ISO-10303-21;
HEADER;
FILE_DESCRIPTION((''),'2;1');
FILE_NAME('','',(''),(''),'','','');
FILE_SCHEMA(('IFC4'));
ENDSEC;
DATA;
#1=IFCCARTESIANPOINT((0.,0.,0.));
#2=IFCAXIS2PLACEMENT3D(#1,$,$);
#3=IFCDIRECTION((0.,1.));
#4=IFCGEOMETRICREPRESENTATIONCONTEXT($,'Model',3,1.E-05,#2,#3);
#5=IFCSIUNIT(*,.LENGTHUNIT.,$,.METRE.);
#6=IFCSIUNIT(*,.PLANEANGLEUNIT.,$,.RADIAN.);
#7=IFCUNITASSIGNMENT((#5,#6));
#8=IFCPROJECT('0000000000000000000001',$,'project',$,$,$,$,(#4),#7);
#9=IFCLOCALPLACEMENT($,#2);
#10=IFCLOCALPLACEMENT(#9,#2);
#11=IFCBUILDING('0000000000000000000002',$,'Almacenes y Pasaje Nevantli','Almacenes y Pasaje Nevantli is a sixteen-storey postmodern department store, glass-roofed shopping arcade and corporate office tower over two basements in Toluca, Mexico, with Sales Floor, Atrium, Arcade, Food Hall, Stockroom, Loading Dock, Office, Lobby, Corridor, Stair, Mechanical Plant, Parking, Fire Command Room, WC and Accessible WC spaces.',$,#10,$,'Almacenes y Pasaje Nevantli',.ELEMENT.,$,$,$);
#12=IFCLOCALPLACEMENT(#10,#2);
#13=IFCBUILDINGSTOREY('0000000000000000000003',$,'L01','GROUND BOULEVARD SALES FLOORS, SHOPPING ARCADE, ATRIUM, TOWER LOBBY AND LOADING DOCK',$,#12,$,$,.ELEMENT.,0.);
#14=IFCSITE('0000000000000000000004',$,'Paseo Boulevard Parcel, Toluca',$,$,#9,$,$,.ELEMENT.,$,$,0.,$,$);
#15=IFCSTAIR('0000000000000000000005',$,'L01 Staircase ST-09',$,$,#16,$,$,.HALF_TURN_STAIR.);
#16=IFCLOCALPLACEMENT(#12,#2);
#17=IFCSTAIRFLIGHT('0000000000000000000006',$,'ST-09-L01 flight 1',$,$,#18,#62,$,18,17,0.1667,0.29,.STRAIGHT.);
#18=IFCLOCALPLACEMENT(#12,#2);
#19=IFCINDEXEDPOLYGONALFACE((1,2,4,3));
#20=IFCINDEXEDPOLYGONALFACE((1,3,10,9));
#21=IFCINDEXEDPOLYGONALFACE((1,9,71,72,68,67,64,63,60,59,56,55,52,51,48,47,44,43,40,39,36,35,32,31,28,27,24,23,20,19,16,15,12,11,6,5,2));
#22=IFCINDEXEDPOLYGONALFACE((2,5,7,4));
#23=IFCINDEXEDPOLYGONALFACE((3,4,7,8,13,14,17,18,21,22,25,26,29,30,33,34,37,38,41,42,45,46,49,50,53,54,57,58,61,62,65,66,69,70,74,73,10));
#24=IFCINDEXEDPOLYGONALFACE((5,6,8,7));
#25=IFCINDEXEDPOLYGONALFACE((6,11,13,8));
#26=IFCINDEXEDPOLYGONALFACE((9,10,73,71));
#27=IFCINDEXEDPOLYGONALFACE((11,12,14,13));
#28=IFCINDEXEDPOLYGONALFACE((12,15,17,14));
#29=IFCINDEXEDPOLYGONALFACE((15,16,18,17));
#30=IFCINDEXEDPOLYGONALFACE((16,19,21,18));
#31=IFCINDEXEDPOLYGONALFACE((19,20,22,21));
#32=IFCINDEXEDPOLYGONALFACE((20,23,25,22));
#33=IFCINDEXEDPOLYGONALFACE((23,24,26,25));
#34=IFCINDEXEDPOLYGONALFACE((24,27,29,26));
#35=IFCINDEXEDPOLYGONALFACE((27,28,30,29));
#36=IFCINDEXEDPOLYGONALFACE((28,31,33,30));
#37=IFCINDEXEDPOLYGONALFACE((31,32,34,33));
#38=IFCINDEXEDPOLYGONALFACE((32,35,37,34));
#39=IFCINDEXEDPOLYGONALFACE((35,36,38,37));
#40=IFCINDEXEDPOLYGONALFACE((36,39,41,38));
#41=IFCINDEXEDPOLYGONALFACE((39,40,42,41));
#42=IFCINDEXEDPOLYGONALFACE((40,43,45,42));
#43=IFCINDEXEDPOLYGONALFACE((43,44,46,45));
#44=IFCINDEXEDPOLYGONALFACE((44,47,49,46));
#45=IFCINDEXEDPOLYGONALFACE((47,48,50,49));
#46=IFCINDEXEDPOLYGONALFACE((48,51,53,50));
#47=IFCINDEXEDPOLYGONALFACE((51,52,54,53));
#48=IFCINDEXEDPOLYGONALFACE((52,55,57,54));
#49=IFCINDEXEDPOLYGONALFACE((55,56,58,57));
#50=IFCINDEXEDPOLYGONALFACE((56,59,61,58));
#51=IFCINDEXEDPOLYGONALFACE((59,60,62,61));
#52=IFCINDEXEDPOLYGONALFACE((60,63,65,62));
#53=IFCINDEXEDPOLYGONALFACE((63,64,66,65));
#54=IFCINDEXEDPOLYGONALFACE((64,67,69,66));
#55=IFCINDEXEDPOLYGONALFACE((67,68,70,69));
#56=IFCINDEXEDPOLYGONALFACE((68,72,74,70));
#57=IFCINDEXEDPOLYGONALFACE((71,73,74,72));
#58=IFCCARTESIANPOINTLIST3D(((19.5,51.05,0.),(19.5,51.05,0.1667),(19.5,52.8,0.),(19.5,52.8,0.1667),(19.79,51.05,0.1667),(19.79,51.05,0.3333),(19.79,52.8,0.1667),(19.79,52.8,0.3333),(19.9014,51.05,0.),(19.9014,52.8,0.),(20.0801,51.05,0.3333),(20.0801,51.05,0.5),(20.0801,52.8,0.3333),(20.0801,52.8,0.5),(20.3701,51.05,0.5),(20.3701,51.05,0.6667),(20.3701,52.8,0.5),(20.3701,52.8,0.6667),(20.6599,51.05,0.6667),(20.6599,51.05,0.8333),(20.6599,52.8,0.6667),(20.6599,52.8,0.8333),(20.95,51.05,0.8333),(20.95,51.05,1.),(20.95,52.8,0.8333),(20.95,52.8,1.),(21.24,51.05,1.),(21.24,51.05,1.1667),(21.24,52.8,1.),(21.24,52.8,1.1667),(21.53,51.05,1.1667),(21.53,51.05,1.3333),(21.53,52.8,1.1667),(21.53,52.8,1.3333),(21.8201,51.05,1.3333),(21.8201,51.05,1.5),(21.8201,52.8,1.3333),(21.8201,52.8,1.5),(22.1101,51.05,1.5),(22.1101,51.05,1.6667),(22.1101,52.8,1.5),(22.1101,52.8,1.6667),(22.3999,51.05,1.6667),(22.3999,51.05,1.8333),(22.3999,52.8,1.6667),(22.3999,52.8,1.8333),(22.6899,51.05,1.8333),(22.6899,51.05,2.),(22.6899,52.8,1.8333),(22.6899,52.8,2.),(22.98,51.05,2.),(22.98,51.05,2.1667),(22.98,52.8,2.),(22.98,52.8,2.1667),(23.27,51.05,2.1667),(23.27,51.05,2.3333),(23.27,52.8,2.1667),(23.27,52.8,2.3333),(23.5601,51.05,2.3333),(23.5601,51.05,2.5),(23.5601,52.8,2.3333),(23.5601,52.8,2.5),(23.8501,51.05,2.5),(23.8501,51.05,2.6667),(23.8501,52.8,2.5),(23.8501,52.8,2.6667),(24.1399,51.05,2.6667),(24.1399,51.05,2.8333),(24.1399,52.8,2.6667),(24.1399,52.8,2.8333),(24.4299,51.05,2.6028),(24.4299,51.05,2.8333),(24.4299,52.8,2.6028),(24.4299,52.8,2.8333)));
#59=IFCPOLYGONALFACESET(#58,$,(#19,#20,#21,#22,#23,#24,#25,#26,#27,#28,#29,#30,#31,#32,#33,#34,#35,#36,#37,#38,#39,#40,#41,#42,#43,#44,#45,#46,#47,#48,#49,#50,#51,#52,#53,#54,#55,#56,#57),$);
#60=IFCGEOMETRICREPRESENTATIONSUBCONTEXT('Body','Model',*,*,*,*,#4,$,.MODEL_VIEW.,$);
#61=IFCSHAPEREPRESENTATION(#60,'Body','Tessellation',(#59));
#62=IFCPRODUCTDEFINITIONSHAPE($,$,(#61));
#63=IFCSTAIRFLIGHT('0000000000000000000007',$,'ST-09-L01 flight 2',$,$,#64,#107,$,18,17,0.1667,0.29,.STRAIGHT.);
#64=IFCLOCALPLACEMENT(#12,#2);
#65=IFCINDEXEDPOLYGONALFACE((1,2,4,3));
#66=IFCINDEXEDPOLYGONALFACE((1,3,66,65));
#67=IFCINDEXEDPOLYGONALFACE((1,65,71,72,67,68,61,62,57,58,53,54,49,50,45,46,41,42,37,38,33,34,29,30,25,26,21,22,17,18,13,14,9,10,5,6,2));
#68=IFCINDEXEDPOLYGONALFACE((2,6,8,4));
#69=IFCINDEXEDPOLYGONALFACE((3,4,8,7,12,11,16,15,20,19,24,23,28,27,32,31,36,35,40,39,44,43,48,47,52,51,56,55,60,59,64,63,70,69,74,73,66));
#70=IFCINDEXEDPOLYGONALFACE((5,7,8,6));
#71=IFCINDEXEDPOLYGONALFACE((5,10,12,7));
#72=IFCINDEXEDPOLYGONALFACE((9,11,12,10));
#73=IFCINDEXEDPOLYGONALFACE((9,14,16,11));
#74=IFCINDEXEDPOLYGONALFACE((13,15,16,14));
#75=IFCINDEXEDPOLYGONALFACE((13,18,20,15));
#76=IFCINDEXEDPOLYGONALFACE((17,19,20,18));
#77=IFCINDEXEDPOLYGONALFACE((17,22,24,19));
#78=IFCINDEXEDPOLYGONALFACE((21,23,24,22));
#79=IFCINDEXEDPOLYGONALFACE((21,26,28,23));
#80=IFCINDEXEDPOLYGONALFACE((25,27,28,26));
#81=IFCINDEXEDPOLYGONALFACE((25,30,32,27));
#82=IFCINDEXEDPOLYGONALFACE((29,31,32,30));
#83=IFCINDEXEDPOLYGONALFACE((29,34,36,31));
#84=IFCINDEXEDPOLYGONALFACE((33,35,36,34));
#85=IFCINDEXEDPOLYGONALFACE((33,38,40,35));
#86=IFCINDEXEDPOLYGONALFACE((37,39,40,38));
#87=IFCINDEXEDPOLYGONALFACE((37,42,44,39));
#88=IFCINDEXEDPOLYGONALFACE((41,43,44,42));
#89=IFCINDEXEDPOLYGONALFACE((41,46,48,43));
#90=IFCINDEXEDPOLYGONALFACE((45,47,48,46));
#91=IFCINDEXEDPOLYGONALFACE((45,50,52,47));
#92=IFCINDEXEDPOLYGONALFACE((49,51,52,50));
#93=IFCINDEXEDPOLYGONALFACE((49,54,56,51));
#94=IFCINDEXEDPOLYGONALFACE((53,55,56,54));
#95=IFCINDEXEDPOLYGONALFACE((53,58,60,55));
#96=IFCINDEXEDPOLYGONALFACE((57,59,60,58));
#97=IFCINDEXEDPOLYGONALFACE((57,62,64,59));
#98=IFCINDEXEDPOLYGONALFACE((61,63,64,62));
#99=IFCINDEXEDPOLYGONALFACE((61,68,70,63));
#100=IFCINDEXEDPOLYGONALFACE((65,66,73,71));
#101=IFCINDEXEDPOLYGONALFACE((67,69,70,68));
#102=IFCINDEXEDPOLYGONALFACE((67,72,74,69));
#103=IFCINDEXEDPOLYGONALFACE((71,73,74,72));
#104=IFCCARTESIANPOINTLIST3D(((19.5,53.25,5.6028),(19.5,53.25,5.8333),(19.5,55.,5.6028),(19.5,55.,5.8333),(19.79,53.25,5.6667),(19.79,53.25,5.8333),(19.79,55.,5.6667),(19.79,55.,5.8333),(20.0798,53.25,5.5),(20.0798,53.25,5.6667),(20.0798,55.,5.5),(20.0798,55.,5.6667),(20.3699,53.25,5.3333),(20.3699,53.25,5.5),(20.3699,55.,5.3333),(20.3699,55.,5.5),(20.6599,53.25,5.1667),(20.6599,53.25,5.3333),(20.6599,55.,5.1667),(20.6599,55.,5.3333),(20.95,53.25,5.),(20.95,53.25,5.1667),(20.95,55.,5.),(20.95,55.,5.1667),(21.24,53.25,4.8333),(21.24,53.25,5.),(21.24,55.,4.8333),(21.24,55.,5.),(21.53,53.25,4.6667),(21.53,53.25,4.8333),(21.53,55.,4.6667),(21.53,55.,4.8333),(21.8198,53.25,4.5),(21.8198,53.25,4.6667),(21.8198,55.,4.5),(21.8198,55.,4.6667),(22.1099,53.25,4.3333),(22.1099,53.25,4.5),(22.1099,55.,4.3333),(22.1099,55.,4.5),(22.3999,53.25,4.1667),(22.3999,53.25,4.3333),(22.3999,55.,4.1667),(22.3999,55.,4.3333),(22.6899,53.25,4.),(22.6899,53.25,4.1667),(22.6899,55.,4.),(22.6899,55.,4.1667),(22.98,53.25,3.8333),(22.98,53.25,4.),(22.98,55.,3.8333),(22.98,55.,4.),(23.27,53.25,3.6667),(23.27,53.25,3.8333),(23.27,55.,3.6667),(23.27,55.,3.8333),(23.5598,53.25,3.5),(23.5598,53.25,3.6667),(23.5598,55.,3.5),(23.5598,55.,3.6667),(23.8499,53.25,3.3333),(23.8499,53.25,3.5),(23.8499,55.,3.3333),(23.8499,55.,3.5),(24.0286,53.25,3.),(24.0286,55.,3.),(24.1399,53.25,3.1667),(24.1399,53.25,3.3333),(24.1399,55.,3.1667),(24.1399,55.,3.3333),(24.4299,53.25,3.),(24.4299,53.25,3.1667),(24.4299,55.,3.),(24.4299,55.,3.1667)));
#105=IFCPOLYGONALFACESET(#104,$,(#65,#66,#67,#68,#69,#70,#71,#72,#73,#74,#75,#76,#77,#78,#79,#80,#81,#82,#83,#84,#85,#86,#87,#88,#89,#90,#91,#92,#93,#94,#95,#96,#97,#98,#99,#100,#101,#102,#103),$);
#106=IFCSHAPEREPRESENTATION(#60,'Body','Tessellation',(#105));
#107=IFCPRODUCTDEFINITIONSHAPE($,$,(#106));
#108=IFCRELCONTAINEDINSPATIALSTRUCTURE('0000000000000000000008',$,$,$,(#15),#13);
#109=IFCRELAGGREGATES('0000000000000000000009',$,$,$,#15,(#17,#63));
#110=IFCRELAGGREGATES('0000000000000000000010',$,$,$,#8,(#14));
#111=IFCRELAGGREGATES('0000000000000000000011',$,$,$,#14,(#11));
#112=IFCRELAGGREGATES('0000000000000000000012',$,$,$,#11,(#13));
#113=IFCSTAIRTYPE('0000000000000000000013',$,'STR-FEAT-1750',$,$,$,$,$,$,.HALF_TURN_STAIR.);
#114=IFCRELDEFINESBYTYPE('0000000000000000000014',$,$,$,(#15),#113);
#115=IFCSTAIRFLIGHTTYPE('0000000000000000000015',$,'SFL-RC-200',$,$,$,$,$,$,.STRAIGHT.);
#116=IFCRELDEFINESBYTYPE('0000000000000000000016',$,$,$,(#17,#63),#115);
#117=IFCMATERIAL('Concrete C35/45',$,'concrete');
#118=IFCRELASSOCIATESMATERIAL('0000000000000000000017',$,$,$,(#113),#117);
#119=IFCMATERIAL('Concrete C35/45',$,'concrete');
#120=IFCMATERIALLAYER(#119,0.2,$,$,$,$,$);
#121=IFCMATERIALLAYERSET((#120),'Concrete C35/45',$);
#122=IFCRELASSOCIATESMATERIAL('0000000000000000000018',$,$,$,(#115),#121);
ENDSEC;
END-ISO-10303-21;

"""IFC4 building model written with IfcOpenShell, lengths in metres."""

from ifc_helpers import new_model, si_unit, direction, frame, origin, place, context, subcontext, project, spatial, polyline, outline, extrude, material, layer, layer_set, type_object, element, aggregate, save


model = new_model("IFC4")

# Units and contexts
model_context = context("Model", 3, precision=1e-05, world=origin(), true_north=direction((0.0, 1.0)))
body_context = subcontext(model_context, "Body", "Model", "MODEL_VIEW")
ifc_project = project(units=[si_unit("LENGTHUNIT", "METRE"), si_unit("PLANEANGLEUNIT", "RADIAN")], contexts=[model_context])

# Site, building, storey
site_placement = place(None, origin())
site = spatial("IfcSite", under=ifc_project, at=site_placement, Name="Paseo Boulevard Parcel, Toluca", CompositionType="ELEMENT", RefElevation=0.0)
building_placement = place(site_placement, origin())
building = spatial("IfcBuilding", under=site, at=building_placement, Name="Almacenes y Pasaje Nevantli", Description="Almacenes y Pasaje Nevantli is a sixteen-storey postmodern department store, glass-roofed shopping arcade and corporate office tower over two basements in Toluca, Mexico, with Sales Floor, Atrium, Arcade, Food Hall, Stockroom, Loading Dock, Office, Lobby, Corridor, Stair, Mechanical Plant, Parking, Fire Command Room, WC and Accessible WC spaces.", LongName="Almacenes y Pasaje Nevantli", CompositionType="ELEMENT")
storey_placement = place(building_placement, origin())
storey = spatial("IfcBuildingStorey", under=building, at=storey_placement, Name="L01", Description="GROUND BOULEVARD SALES FLOORS, SHOPPING ARCADE, ATRIUM, TOWER LOBBY AND LOADING DOCK", CompositionType="ELEMENT", Elevation=0.0)

# Stair, stair flights
ifc_material_1 = material(Name="Concrete C35/45", Category="concrete")
stair_type = type_object("IfcStairType", Name="STR-FEAT-1750", PredefinedType="HALF_TURN_STAIR", material=ifc_material_1)
stair_placement = place(storey_placement, origin())
stair = element("IfcStair", 1, at=stair_placement, inside=storey, type_object=stair_type, Name="L01 Staircase ST-09", PredefinedType="HALF_TURN_STAIR")
ifc_material_2 = material(Name="Concrete C35/45", Category="concrete")
ifc_layer_1 = layer(ifc_material_2, 0.2)
ifc_layer_set_1 = layer_set([ifc_layer_1], Name="Concrete C35/45")
stair_flight_type = type_object("IfcStairFlightType", Name="SFL-RC-200", PredefinedType="STRAIGHT", material=ifc_layer_set_1)
stair_flight_1_placement = place(storey_placement, frame((19.5, 51.925, 0.0), z_axis=(0.0, 0.0, 1.0), x_axis=(1.0, 0.0, 0.0)))
stair_flight_1 = element("IfcStairFlight", 2, at=stair_flight_1_placement, type_object=stair_flight_type, Name="ST-09-L01 flight 1", NumberOfRisers=18, NumberOfTreads=17, PredefinedType="STRAIGHT", RiserHeight=0.1667, TreadLength=0.29, context=body_context, shape_type="SweptSolid", body=[
    extrude(outline(polyline([(0.0, 0.0), (0.0, 0.1667), (0.29, 0.1667), (0.29, 0.3333), (0.5801, 0.3333), (0.5801, 0.5), (0.8701, 0.5), (0.8701, 0.6667), (1.1599, 0.6667), (1.1599, 0.8333), (1.45, 0.8333), (1.45, 1.0), (1.74, 1.0), (1.74, 1.1667), (2.03, 1.1667), (2.03, 1.3333), (2.3201, 1.3333), (2.3201, 1.5), (2.6101, 1.5), (2.6101, 1.6667), (2.8999, 1.6667), (2.8999, 1.8333), (3.1899, 1.8333), (3.1899, 2.0), (3.48, 2.0), (3.48, 2.1667), (3.77, 2.1667), (3.77, 2.3333), (4.0601, 2.3333), (4.0601, 2.5), (4.3501, 2.5), (4.3501, 2.6667), (4.6399, 2.6667), (4.6399, 2.8333), (4.9299, 2.8333), (4.9299, 3.0), (4.9299, 2.6028), (0.4014, 0.0), (0.0, 0.0)])), frame((0.0, 0.875, 0.0), z_axis=(0.0, -1.0, 0.0), x_axis=(1.0, 0.0, 0.0)), (0.0, 0.0, 1.0), 1.75),
])
stair_flight_2_placement = place(storey_placement, frame((24.4299, 54.125, 3.0), z_axis=(0.0, 0.0, 1.0), x_axis=(-1.0, 0.0, 0.0)))
stair_flight_2 = element("IfcStairFlight", 3, at=stair_flight_2_placement, type_object=stair_flight_type, Name="ST-09-L01 flight 2", NumberOfRisers=18, NumberOfTreads=17, PredefinedType="STRAIGHT", RiserHeight=0.1667, TreadLength=0.29, context=body_context, shape_type="SweptSolid", body=[
    extrude(outline(polyline([(0.0, 0.0), (0.0, 0.1667), (0.29, 0.1667), (0.29, 0.3333), (0.5801, 0.3333), (0.5801, 0.5), (0.8701, 0.5), (0.8701, 0.6667), (1.1599, 0.6667), (1.1599, 0.8333), (1.45, 0.8333), (1.45, 1.0), (1.74, 1.0), (1.74, 1.1667), (2.03, 1.1667), (2.03, 1.3333), (2.3201, 1.3333), (2.3201, 1.5), (2.6101, 1.5), (2.6101, 1.6667), (2.8999, 1.6667), (2.8999, 1.8333), (3.1899, 1.8333), (3.1899, 2.0), (3.48, 2.0), (3.48, 2.1667), (3.77, 2.1667), (3.77, 2.3333), (4.0601, 2.3333), (4.0601, 2.5), (4.3501, 2.5), (4.3501, 2.6667), (4.6399, 2.6667), (4.6399, 2.8333), (4.9299, 2.8333), (4.9299, 3.0), (4.9299, 2.6028), (0.4014, 0.0), (0.0, 0.0)])), frame((0.0, 0.875, 0.0), z_axis=(0.0, -1.0, 0.0), x_axis=(1.0, 0.0, 0.0)), (0.0, 0.0, 1.0), 1.75),
])
aggregate(stair, [stair_flight_1, stair_flight_2])

save(model, "model.ifc")
